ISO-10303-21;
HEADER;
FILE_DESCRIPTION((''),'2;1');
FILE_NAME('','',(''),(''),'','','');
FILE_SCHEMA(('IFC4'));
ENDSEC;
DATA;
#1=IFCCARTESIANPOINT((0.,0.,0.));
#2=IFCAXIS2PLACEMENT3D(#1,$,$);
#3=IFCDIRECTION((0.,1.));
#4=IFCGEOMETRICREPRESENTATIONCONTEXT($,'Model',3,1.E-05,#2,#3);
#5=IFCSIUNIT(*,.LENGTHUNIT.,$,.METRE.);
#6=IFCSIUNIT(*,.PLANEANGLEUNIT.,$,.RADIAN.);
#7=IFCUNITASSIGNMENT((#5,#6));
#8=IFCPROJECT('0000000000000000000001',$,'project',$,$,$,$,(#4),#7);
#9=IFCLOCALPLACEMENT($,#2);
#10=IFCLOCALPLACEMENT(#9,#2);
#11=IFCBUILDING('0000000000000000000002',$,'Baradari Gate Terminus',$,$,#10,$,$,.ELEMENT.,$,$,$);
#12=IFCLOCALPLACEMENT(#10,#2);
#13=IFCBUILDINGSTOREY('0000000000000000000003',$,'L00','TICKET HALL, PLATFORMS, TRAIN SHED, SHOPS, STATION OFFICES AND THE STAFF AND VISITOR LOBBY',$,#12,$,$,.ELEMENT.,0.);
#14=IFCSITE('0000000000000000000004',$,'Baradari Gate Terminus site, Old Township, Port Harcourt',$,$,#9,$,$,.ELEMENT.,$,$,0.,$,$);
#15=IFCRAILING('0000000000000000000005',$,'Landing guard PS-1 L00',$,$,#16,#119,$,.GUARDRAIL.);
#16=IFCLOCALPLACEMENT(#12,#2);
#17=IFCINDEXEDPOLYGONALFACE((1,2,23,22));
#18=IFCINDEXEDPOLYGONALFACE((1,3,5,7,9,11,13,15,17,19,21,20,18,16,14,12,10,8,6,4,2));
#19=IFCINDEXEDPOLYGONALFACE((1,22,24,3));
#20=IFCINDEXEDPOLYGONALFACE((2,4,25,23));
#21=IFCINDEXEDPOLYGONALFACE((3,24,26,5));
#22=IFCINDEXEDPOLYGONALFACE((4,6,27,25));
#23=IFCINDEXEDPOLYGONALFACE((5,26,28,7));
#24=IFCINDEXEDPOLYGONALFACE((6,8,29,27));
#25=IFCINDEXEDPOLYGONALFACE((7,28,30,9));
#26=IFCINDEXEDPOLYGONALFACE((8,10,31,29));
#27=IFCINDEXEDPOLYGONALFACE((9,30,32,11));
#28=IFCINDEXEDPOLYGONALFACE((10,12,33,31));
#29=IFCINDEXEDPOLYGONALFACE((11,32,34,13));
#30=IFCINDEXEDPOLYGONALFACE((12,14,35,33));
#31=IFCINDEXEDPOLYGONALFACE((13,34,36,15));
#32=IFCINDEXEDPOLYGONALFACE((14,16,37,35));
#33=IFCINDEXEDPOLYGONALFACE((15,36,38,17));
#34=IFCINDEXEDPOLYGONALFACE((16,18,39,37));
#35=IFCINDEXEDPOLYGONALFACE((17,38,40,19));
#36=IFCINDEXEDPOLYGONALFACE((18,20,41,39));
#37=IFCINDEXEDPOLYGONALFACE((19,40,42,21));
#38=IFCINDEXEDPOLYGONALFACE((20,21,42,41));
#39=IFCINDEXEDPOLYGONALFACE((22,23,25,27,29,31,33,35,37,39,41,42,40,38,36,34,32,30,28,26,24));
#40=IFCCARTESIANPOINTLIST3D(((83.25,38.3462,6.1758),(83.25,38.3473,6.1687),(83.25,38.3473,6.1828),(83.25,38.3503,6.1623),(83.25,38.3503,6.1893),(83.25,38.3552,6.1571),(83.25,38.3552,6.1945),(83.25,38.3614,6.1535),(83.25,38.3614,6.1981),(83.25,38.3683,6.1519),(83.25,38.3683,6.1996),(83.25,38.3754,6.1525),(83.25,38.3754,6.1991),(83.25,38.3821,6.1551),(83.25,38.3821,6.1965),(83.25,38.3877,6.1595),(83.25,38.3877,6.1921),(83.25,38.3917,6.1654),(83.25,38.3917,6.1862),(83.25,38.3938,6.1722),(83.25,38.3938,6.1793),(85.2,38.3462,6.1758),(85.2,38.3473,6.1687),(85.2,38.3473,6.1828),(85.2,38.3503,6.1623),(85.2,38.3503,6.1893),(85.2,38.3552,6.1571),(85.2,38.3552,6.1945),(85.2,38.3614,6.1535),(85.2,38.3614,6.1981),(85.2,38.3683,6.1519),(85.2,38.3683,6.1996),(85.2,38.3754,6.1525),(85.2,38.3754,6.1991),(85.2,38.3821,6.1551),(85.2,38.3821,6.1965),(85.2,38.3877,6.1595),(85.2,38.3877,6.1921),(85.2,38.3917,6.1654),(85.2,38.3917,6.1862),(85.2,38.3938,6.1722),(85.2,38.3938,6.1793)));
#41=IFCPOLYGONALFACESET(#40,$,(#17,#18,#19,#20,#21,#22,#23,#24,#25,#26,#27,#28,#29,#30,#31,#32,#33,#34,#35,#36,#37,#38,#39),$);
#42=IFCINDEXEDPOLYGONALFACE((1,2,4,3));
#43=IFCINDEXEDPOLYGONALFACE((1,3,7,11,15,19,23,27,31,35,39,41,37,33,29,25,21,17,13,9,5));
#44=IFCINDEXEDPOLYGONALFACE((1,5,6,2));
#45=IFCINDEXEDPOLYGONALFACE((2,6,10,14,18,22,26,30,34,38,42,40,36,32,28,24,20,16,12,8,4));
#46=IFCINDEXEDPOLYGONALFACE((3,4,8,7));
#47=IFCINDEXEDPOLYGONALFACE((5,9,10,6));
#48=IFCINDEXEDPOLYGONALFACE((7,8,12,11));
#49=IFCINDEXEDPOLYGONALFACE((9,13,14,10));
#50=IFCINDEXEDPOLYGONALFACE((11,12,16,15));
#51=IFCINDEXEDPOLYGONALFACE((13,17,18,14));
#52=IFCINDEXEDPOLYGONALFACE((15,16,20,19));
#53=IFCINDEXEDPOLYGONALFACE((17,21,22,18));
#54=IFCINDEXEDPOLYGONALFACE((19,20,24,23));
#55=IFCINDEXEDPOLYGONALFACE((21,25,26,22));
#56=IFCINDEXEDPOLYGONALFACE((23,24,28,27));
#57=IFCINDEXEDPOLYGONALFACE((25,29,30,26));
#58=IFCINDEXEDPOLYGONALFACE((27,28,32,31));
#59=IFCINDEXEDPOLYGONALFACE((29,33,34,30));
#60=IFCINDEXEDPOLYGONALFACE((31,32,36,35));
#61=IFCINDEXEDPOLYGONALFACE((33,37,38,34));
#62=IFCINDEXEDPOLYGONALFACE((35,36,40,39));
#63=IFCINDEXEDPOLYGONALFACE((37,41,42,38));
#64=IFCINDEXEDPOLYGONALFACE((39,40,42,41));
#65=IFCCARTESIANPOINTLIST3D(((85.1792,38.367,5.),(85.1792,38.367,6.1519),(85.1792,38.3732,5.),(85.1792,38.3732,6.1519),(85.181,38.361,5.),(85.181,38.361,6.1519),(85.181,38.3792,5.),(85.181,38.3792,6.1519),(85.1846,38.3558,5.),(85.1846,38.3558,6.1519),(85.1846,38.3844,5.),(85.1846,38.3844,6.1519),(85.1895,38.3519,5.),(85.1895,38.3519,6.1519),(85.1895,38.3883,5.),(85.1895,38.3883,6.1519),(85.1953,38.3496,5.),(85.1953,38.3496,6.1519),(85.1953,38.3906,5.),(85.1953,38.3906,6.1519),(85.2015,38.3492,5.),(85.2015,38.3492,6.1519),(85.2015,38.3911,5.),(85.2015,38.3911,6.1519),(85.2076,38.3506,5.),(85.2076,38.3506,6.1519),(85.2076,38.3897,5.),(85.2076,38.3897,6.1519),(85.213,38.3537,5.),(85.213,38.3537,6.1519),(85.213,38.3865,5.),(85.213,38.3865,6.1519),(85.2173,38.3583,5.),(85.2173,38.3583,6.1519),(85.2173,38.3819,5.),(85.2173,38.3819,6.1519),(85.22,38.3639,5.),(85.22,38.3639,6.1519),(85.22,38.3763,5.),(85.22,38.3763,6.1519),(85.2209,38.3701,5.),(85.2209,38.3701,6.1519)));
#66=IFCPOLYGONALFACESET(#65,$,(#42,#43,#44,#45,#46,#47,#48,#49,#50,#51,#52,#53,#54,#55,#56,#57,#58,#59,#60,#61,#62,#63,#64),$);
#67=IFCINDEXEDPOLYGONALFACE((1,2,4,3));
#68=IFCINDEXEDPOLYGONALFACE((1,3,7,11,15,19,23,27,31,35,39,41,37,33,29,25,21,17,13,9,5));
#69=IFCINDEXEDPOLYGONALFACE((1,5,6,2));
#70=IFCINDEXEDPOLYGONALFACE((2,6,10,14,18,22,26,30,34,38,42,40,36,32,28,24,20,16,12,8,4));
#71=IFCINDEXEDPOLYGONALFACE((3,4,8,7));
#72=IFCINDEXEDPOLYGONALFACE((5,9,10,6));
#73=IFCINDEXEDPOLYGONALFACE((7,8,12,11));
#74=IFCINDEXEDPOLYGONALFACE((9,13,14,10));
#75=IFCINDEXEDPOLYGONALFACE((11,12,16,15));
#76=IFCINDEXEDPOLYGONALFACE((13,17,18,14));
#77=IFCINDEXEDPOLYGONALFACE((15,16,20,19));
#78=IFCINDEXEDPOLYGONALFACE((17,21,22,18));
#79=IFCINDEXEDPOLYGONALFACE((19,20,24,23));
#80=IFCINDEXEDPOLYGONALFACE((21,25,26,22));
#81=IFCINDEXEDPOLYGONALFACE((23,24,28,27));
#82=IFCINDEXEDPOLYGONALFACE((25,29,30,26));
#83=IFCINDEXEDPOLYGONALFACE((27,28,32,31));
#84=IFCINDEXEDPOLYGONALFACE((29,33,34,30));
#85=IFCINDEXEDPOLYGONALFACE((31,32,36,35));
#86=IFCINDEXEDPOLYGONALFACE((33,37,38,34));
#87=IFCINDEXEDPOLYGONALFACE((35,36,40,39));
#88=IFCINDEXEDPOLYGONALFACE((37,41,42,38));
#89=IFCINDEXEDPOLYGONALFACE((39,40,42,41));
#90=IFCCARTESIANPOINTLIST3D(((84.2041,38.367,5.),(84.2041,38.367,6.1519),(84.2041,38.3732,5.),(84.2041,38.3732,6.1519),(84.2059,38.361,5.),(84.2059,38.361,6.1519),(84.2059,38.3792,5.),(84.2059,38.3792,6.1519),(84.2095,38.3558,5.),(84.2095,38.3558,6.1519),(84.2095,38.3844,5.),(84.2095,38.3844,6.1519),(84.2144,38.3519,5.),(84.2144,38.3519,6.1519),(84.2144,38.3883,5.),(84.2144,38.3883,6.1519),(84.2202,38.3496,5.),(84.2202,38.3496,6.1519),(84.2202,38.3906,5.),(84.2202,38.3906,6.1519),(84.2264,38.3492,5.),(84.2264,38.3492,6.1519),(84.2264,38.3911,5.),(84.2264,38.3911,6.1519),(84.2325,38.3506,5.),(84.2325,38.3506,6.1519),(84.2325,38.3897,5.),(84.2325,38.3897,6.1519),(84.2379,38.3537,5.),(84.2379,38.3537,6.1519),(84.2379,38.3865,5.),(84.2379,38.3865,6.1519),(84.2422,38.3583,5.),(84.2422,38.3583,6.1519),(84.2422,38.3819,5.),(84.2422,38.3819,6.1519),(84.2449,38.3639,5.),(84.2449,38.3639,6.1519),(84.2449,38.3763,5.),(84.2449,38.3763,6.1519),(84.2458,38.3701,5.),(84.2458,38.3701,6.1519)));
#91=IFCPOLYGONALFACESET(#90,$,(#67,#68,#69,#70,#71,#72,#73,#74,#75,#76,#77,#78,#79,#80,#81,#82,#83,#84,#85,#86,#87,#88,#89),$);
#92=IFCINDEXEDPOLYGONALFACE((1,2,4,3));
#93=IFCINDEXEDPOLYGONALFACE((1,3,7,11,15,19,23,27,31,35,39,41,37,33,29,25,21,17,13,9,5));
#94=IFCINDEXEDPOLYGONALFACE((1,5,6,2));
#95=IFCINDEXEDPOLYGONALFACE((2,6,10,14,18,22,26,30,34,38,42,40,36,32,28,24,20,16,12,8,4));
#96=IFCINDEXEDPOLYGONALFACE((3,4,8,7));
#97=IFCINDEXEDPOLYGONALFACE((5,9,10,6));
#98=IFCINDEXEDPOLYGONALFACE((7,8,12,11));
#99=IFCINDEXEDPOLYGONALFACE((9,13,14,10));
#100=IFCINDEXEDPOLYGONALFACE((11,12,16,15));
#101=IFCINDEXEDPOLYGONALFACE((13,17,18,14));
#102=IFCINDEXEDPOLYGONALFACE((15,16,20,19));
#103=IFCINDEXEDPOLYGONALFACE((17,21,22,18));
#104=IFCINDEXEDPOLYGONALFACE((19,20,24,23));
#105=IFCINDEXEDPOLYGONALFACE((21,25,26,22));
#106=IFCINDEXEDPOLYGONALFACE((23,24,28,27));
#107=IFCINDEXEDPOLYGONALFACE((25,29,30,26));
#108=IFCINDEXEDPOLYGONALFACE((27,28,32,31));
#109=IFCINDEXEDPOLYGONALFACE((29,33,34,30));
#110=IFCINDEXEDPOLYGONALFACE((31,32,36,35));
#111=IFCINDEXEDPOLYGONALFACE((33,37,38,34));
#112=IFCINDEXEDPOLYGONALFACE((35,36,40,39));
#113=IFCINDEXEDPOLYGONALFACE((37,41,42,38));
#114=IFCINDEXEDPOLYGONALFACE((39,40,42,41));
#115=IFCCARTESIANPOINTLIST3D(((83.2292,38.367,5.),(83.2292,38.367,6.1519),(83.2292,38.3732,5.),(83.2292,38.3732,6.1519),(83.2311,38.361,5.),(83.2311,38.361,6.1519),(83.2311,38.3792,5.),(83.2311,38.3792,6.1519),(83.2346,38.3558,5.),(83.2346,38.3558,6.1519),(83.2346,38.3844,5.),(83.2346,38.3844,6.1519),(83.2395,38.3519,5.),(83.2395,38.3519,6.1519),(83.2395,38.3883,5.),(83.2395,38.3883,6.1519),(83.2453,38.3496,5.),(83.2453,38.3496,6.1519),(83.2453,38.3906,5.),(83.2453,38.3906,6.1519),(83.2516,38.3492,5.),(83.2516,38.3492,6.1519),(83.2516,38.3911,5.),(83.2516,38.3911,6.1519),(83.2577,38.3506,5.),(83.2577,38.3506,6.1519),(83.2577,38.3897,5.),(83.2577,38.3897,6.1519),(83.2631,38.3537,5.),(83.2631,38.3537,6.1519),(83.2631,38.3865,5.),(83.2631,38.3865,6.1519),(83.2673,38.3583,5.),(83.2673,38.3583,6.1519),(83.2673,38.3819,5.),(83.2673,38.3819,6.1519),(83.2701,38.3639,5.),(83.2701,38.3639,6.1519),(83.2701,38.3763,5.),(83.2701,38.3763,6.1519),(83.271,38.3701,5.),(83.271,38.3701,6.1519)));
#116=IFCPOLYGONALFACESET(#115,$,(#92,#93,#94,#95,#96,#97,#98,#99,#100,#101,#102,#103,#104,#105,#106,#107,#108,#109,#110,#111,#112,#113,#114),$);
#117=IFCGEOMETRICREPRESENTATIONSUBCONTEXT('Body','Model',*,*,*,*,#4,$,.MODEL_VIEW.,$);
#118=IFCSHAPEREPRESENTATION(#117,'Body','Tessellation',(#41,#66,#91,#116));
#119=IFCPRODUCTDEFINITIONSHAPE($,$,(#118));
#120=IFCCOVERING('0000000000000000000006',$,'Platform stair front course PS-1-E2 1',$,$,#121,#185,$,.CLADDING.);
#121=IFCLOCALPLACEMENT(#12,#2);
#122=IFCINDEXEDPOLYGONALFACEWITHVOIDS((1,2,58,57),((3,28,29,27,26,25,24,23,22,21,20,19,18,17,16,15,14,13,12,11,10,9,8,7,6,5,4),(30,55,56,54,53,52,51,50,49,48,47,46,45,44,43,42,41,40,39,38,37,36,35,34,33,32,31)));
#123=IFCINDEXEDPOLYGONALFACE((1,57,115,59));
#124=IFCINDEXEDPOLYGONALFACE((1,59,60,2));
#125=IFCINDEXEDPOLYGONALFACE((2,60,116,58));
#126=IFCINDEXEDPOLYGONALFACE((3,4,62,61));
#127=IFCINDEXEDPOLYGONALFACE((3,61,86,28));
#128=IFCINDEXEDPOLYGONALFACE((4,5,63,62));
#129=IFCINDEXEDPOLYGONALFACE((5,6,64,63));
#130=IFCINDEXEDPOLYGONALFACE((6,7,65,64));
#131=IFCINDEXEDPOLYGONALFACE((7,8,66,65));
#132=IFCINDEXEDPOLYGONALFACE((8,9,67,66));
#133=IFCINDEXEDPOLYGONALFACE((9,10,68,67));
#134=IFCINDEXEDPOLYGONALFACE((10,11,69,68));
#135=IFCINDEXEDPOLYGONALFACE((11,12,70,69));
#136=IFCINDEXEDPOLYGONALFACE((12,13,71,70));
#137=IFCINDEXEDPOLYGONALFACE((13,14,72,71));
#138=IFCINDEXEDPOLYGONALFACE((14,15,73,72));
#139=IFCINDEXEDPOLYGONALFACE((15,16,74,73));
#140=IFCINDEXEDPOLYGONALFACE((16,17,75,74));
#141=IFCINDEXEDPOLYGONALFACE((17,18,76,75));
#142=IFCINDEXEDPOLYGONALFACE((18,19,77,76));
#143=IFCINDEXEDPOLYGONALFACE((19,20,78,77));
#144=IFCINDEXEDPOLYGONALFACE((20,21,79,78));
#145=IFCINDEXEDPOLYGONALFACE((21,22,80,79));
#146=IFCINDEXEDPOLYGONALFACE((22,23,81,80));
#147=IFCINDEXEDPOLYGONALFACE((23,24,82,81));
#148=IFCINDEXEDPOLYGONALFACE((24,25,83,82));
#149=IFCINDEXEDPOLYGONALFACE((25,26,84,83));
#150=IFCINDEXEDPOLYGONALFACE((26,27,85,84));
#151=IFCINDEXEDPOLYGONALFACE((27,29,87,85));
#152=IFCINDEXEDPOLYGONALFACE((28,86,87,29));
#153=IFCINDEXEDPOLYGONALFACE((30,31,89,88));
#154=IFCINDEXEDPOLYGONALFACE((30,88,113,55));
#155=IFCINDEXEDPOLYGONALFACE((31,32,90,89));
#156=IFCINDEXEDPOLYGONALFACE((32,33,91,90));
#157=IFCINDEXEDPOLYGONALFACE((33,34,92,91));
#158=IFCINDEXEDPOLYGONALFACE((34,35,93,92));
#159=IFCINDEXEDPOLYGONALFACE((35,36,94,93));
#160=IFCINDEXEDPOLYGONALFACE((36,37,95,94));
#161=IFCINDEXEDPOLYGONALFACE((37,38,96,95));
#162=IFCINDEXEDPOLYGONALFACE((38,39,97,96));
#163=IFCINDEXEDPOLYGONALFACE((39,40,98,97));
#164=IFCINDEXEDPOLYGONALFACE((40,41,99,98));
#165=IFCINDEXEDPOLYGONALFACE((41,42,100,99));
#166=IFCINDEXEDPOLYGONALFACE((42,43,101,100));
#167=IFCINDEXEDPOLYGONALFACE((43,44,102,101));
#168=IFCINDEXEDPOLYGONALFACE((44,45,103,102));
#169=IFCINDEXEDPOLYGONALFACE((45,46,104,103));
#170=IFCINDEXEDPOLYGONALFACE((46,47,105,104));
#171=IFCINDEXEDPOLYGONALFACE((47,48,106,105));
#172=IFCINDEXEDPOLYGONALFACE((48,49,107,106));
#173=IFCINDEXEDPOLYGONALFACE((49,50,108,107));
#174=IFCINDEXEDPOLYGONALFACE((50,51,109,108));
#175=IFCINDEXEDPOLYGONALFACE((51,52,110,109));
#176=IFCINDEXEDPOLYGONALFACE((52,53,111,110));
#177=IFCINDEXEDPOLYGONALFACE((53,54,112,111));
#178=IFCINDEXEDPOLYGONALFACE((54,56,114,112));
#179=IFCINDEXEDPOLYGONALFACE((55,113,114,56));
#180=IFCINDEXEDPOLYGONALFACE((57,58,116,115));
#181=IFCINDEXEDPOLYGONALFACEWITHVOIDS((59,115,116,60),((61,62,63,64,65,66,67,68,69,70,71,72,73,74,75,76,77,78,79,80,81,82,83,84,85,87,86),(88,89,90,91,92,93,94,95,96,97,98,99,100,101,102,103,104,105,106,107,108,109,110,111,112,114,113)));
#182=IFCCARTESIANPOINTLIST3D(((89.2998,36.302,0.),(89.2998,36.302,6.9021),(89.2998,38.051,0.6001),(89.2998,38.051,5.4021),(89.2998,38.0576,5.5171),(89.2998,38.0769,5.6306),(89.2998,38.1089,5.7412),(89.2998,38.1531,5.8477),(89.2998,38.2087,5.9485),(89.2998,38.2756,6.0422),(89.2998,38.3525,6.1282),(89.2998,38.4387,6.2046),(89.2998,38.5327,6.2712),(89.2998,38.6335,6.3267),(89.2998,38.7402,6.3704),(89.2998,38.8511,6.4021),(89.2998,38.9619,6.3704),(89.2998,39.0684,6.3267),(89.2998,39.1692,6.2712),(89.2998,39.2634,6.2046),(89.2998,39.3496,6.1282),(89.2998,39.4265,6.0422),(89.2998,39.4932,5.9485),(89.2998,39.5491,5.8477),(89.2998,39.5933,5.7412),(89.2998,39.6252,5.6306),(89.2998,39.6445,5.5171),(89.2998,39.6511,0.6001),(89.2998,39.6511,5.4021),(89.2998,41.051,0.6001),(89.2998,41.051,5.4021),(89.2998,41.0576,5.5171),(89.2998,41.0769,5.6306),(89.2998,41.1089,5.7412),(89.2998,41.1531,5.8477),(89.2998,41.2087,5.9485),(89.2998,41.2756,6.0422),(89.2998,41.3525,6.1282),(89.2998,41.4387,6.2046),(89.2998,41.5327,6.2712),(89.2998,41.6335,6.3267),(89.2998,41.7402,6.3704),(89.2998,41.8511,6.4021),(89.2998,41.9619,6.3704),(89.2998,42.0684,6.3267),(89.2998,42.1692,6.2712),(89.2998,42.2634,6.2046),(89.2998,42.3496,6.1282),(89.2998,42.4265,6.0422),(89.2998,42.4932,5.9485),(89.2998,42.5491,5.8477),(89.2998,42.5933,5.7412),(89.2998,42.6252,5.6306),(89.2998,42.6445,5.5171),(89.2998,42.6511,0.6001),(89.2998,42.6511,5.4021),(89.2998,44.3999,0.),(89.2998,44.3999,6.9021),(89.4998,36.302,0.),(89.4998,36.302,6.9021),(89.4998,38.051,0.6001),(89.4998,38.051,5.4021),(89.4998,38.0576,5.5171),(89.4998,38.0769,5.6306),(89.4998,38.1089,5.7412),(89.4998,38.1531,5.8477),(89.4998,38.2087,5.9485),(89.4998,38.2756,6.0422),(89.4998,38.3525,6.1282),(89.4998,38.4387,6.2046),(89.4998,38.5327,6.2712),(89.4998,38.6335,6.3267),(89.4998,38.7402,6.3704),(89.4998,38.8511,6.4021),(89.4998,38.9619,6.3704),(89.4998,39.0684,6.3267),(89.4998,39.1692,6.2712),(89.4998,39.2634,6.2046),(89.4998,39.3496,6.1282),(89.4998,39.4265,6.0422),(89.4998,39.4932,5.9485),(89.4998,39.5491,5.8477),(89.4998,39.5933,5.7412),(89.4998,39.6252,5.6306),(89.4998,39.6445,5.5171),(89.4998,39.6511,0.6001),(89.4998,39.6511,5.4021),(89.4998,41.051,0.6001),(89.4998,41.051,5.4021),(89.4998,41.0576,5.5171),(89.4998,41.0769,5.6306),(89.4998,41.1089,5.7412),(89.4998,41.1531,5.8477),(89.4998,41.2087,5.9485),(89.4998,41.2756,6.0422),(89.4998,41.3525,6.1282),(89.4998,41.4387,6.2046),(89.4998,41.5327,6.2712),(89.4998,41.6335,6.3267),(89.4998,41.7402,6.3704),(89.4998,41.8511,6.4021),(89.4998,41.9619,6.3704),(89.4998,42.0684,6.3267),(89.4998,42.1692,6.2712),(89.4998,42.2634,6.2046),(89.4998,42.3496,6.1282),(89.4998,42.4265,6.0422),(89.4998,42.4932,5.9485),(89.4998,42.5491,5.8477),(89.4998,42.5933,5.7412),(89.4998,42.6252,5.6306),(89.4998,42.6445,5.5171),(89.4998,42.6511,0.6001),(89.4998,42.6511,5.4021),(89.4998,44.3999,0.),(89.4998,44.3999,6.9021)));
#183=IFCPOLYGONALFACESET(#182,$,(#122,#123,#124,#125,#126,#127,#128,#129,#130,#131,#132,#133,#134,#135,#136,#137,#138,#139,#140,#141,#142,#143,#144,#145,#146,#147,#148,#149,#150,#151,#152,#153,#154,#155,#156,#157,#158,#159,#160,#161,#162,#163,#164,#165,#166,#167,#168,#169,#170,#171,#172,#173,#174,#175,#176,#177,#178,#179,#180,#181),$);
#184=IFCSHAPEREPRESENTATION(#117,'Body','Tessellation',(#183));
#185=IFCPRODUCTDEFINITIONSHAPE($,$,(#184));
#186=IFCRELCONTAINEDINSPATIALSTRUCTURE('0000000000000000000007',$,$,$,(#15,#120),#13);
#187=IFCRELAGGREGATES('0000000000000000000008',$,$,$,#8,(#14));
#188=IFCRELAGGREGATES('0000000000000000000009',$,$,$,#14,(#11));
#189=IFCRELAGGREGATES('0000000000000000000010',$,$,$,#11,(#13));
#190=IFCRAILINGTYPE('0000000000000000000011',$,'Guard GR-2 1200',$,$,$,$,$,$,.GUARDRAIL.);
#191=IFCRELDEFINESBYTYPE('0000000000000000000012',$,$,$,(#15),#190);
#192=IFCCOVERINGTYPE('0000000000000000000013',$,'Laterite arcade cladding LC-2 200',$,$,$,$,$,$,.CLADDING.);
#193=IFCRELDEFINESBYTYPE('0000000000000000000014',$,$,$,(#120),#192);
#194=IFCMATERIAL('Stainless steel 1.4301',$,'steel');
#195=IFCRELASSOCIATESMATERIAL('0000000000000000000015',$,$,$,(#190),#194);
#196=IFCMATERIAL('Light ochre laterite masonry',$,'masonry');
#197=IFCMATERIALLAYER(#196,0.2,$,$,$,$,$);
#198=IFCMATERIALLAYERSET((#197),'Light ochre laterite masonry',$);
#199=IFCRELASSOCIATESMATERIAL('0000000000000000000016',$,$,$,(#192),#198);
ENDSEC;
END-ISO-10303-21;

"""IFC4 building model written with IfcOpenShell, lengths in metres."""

from ifc_helpers import new_model, si_unit, direction, frame, origin, origin_2d, place, context, subcontext, project, spatial, polyline, circle, outline, extrude, material, layer, layer_set, type_object, element, save


model = new_model("IFC4")

# Units and contexts
model_context = context("Model", 3, precision=1e-05, world=origin(), true_north=direction((0.0, 1.0)))
body_context = subcontext(model_context, "Body", "Model", "MODEL_VIEW")
ifc_project = project(units=[si_unit("LENGTHUNIT", "METRE"), si_unit("PLANEANGLEUNIT", "RADIAN")], contexts=[model_context])

# Site, building, storey
site_placement = place(None, origin())
site = spatial("IfcSite", under=ifc_project, at=site_placement, Name="Baradari Gate Terminus site, Old Township, Port Harcourt", CompositionType="ELEMENT", RefElevation=0.0)
building_placement = place(site_placement, origin())
building = spatial("IfcBuilding", under=site, at=building_placement, Name="Baradari Gate Terminus", CompositionType="ELEMENT")
storey_placement = place(building_placement, origin())
storey = spatial("IfcBuildingStorey", under=building, at=storey_placement, Name="L00", Description="TICKET HALL, PLATFORMS, TRAIN SHED, SHOPS, STATION OFFICES AND THE STAFF AND VISITOR LOBBY", CompositionType="ELEMENT", Elevation=0.0)

# Railing
ifc_material_1 = material(Name="Stainless steel 1.4301", Category="steel")
railing_type_1 = type_object("IfcRailingType", Name="Guard GR-2 1200", PredefinedType="GUARDRAIL", material=ifc_material_1)
railing_1_placement = place(storey_placement, frame((85.2, 38.3701, 5.0)))
element("IfcRailing", 1, at=railing_1_placement, inside=storey, type_object=railing_type_1, Name="Landing guard PS-1 L00", PredefinedType="GUARDRAIL", context=body_context, shape_type="SweptSolid", body=[
    extrude(circle(Radius=0.0239, at=origin_2d()), frame((0.0, 0.0, 1.1758), z_axis=(-1.0, 0.0, 0.0), x_axis=(0.0, -1.0, 0.0)), (0.0, 0.0, 1.0), 1.95),
    extrude(circle(Radius=0.021, at=origin_2d()), origin(), (0.0, 0.0, 1.0), 1.1519),
    extrude(circle(Radius=0.021, at=origin_2d()), frame((-0.9751, 0.0, 0.0)), (0.0, 0.0, 1.0), 1.1519),
    extrude(circle(Radius=0.021, at=origin_2d()), frame((-1.95, 0.0, 0.0)), (0.0, 0.0, 1.0), 1.1519),
])

# Covering
ifc_material_2 = material(Name="Light ochre laterite masonry", Category="masonry")
ifc_layer_1 = layer(ifc_material_2, 0.2)
ifc_layer_set_1 = layer_set([ifc_layer_1], Name="Light ochre laterite masonry")
covering_type = type_object("IfcCoveringType", Name="Laterite arcade cladding LC-2 200", PredefinedType="CLADDING", material=ifc_layer_set_1)
covering_placement = place(storey_placement, frame((89.3999, 36.302, 0.0), z_axis=(0.0, 0.0, 1.0), x_axis=(0.0, 1.0, 0.0)))
element("IfcCovering", 2, at=covering_placement, inside=storey, type_object=covering_type, Name="Platform stair front course PS-1-E2 1", PredefinedType="CLADDING", context=body_context, shape_type="SweptSolid", body=[
    extrude(outline(polyline([(0.0, 0.0), (8.0979, 0.0), (8.0979, 6.9021), (0.0, 6.9021), (0.0, 0.0)]), holes=[polyline([(1.749, 5.4021), (1.7556, 5.5171), (1.7749, 5.6306), (1.8069, 5.7412), (1.8511, 5.8477), (1.9067, 5.9485), (1.9736, 6.0422), (2.0505, 6.1282), (2.1367, 6.2046), (2.2307, 6.2712), (2.3315, 6.3267), (2.4382, 6.3704), (2.5491, 6.4021), (2.6599, 6.3704), (2.7664, 6.3267), (2.8672, 6.2712), (2.9614, 6.2046), (3.0476, 6.1282), (3.1245, 6.0422), (3.1912, 5.9485), (3.2471, 5.8477), (3.2913, 5.7412), (3.3232, 5.6306), (3.3425, 5.5171), (3.3491, 5.4021), (3.3491, 0.6001), (1.749, 0.6001), (1.749, 5.4021)]), polyline([(4.749, 5.4021), (4.7556, 5.5171), (4.7749, 5.6306), (4.8069, 5.7412), (4.8511, 5.8477), (4.9067, 5.9485), (4.9736, 6.0422), (5.0505, 6.1282), (5.1367, 6.2046), (5.2307, 6.2712), (5.3315, 6.3267), (5.4382, 6.3704), (5.5491, 6.4021), (5.6599, 6.3704), (5.7664, 6.3267), (5.8672, 6.2712), (5.9614, 6.2046), (6.0476, 6.1282), (6.1245, 6.0422), (6.1912, 5.9485), (6.2471, 5.8477), (6.2913, 5.7412), (6.3232, 5.6306), (6.3425, 5.5171), (6.3491, 5.4021), (6.3491, 0.6001), (4.749, 0.6001), (4.749, 5.4021)])]), frame((0.0, 0.1001, 0.0), z_axis=(0.0, -1.0, 0.0), x_axis=(1.0, 0.0, 0.0)), (0.0, 0.0, 1.0), 0.2),
])

save(model, "model.ifc")
